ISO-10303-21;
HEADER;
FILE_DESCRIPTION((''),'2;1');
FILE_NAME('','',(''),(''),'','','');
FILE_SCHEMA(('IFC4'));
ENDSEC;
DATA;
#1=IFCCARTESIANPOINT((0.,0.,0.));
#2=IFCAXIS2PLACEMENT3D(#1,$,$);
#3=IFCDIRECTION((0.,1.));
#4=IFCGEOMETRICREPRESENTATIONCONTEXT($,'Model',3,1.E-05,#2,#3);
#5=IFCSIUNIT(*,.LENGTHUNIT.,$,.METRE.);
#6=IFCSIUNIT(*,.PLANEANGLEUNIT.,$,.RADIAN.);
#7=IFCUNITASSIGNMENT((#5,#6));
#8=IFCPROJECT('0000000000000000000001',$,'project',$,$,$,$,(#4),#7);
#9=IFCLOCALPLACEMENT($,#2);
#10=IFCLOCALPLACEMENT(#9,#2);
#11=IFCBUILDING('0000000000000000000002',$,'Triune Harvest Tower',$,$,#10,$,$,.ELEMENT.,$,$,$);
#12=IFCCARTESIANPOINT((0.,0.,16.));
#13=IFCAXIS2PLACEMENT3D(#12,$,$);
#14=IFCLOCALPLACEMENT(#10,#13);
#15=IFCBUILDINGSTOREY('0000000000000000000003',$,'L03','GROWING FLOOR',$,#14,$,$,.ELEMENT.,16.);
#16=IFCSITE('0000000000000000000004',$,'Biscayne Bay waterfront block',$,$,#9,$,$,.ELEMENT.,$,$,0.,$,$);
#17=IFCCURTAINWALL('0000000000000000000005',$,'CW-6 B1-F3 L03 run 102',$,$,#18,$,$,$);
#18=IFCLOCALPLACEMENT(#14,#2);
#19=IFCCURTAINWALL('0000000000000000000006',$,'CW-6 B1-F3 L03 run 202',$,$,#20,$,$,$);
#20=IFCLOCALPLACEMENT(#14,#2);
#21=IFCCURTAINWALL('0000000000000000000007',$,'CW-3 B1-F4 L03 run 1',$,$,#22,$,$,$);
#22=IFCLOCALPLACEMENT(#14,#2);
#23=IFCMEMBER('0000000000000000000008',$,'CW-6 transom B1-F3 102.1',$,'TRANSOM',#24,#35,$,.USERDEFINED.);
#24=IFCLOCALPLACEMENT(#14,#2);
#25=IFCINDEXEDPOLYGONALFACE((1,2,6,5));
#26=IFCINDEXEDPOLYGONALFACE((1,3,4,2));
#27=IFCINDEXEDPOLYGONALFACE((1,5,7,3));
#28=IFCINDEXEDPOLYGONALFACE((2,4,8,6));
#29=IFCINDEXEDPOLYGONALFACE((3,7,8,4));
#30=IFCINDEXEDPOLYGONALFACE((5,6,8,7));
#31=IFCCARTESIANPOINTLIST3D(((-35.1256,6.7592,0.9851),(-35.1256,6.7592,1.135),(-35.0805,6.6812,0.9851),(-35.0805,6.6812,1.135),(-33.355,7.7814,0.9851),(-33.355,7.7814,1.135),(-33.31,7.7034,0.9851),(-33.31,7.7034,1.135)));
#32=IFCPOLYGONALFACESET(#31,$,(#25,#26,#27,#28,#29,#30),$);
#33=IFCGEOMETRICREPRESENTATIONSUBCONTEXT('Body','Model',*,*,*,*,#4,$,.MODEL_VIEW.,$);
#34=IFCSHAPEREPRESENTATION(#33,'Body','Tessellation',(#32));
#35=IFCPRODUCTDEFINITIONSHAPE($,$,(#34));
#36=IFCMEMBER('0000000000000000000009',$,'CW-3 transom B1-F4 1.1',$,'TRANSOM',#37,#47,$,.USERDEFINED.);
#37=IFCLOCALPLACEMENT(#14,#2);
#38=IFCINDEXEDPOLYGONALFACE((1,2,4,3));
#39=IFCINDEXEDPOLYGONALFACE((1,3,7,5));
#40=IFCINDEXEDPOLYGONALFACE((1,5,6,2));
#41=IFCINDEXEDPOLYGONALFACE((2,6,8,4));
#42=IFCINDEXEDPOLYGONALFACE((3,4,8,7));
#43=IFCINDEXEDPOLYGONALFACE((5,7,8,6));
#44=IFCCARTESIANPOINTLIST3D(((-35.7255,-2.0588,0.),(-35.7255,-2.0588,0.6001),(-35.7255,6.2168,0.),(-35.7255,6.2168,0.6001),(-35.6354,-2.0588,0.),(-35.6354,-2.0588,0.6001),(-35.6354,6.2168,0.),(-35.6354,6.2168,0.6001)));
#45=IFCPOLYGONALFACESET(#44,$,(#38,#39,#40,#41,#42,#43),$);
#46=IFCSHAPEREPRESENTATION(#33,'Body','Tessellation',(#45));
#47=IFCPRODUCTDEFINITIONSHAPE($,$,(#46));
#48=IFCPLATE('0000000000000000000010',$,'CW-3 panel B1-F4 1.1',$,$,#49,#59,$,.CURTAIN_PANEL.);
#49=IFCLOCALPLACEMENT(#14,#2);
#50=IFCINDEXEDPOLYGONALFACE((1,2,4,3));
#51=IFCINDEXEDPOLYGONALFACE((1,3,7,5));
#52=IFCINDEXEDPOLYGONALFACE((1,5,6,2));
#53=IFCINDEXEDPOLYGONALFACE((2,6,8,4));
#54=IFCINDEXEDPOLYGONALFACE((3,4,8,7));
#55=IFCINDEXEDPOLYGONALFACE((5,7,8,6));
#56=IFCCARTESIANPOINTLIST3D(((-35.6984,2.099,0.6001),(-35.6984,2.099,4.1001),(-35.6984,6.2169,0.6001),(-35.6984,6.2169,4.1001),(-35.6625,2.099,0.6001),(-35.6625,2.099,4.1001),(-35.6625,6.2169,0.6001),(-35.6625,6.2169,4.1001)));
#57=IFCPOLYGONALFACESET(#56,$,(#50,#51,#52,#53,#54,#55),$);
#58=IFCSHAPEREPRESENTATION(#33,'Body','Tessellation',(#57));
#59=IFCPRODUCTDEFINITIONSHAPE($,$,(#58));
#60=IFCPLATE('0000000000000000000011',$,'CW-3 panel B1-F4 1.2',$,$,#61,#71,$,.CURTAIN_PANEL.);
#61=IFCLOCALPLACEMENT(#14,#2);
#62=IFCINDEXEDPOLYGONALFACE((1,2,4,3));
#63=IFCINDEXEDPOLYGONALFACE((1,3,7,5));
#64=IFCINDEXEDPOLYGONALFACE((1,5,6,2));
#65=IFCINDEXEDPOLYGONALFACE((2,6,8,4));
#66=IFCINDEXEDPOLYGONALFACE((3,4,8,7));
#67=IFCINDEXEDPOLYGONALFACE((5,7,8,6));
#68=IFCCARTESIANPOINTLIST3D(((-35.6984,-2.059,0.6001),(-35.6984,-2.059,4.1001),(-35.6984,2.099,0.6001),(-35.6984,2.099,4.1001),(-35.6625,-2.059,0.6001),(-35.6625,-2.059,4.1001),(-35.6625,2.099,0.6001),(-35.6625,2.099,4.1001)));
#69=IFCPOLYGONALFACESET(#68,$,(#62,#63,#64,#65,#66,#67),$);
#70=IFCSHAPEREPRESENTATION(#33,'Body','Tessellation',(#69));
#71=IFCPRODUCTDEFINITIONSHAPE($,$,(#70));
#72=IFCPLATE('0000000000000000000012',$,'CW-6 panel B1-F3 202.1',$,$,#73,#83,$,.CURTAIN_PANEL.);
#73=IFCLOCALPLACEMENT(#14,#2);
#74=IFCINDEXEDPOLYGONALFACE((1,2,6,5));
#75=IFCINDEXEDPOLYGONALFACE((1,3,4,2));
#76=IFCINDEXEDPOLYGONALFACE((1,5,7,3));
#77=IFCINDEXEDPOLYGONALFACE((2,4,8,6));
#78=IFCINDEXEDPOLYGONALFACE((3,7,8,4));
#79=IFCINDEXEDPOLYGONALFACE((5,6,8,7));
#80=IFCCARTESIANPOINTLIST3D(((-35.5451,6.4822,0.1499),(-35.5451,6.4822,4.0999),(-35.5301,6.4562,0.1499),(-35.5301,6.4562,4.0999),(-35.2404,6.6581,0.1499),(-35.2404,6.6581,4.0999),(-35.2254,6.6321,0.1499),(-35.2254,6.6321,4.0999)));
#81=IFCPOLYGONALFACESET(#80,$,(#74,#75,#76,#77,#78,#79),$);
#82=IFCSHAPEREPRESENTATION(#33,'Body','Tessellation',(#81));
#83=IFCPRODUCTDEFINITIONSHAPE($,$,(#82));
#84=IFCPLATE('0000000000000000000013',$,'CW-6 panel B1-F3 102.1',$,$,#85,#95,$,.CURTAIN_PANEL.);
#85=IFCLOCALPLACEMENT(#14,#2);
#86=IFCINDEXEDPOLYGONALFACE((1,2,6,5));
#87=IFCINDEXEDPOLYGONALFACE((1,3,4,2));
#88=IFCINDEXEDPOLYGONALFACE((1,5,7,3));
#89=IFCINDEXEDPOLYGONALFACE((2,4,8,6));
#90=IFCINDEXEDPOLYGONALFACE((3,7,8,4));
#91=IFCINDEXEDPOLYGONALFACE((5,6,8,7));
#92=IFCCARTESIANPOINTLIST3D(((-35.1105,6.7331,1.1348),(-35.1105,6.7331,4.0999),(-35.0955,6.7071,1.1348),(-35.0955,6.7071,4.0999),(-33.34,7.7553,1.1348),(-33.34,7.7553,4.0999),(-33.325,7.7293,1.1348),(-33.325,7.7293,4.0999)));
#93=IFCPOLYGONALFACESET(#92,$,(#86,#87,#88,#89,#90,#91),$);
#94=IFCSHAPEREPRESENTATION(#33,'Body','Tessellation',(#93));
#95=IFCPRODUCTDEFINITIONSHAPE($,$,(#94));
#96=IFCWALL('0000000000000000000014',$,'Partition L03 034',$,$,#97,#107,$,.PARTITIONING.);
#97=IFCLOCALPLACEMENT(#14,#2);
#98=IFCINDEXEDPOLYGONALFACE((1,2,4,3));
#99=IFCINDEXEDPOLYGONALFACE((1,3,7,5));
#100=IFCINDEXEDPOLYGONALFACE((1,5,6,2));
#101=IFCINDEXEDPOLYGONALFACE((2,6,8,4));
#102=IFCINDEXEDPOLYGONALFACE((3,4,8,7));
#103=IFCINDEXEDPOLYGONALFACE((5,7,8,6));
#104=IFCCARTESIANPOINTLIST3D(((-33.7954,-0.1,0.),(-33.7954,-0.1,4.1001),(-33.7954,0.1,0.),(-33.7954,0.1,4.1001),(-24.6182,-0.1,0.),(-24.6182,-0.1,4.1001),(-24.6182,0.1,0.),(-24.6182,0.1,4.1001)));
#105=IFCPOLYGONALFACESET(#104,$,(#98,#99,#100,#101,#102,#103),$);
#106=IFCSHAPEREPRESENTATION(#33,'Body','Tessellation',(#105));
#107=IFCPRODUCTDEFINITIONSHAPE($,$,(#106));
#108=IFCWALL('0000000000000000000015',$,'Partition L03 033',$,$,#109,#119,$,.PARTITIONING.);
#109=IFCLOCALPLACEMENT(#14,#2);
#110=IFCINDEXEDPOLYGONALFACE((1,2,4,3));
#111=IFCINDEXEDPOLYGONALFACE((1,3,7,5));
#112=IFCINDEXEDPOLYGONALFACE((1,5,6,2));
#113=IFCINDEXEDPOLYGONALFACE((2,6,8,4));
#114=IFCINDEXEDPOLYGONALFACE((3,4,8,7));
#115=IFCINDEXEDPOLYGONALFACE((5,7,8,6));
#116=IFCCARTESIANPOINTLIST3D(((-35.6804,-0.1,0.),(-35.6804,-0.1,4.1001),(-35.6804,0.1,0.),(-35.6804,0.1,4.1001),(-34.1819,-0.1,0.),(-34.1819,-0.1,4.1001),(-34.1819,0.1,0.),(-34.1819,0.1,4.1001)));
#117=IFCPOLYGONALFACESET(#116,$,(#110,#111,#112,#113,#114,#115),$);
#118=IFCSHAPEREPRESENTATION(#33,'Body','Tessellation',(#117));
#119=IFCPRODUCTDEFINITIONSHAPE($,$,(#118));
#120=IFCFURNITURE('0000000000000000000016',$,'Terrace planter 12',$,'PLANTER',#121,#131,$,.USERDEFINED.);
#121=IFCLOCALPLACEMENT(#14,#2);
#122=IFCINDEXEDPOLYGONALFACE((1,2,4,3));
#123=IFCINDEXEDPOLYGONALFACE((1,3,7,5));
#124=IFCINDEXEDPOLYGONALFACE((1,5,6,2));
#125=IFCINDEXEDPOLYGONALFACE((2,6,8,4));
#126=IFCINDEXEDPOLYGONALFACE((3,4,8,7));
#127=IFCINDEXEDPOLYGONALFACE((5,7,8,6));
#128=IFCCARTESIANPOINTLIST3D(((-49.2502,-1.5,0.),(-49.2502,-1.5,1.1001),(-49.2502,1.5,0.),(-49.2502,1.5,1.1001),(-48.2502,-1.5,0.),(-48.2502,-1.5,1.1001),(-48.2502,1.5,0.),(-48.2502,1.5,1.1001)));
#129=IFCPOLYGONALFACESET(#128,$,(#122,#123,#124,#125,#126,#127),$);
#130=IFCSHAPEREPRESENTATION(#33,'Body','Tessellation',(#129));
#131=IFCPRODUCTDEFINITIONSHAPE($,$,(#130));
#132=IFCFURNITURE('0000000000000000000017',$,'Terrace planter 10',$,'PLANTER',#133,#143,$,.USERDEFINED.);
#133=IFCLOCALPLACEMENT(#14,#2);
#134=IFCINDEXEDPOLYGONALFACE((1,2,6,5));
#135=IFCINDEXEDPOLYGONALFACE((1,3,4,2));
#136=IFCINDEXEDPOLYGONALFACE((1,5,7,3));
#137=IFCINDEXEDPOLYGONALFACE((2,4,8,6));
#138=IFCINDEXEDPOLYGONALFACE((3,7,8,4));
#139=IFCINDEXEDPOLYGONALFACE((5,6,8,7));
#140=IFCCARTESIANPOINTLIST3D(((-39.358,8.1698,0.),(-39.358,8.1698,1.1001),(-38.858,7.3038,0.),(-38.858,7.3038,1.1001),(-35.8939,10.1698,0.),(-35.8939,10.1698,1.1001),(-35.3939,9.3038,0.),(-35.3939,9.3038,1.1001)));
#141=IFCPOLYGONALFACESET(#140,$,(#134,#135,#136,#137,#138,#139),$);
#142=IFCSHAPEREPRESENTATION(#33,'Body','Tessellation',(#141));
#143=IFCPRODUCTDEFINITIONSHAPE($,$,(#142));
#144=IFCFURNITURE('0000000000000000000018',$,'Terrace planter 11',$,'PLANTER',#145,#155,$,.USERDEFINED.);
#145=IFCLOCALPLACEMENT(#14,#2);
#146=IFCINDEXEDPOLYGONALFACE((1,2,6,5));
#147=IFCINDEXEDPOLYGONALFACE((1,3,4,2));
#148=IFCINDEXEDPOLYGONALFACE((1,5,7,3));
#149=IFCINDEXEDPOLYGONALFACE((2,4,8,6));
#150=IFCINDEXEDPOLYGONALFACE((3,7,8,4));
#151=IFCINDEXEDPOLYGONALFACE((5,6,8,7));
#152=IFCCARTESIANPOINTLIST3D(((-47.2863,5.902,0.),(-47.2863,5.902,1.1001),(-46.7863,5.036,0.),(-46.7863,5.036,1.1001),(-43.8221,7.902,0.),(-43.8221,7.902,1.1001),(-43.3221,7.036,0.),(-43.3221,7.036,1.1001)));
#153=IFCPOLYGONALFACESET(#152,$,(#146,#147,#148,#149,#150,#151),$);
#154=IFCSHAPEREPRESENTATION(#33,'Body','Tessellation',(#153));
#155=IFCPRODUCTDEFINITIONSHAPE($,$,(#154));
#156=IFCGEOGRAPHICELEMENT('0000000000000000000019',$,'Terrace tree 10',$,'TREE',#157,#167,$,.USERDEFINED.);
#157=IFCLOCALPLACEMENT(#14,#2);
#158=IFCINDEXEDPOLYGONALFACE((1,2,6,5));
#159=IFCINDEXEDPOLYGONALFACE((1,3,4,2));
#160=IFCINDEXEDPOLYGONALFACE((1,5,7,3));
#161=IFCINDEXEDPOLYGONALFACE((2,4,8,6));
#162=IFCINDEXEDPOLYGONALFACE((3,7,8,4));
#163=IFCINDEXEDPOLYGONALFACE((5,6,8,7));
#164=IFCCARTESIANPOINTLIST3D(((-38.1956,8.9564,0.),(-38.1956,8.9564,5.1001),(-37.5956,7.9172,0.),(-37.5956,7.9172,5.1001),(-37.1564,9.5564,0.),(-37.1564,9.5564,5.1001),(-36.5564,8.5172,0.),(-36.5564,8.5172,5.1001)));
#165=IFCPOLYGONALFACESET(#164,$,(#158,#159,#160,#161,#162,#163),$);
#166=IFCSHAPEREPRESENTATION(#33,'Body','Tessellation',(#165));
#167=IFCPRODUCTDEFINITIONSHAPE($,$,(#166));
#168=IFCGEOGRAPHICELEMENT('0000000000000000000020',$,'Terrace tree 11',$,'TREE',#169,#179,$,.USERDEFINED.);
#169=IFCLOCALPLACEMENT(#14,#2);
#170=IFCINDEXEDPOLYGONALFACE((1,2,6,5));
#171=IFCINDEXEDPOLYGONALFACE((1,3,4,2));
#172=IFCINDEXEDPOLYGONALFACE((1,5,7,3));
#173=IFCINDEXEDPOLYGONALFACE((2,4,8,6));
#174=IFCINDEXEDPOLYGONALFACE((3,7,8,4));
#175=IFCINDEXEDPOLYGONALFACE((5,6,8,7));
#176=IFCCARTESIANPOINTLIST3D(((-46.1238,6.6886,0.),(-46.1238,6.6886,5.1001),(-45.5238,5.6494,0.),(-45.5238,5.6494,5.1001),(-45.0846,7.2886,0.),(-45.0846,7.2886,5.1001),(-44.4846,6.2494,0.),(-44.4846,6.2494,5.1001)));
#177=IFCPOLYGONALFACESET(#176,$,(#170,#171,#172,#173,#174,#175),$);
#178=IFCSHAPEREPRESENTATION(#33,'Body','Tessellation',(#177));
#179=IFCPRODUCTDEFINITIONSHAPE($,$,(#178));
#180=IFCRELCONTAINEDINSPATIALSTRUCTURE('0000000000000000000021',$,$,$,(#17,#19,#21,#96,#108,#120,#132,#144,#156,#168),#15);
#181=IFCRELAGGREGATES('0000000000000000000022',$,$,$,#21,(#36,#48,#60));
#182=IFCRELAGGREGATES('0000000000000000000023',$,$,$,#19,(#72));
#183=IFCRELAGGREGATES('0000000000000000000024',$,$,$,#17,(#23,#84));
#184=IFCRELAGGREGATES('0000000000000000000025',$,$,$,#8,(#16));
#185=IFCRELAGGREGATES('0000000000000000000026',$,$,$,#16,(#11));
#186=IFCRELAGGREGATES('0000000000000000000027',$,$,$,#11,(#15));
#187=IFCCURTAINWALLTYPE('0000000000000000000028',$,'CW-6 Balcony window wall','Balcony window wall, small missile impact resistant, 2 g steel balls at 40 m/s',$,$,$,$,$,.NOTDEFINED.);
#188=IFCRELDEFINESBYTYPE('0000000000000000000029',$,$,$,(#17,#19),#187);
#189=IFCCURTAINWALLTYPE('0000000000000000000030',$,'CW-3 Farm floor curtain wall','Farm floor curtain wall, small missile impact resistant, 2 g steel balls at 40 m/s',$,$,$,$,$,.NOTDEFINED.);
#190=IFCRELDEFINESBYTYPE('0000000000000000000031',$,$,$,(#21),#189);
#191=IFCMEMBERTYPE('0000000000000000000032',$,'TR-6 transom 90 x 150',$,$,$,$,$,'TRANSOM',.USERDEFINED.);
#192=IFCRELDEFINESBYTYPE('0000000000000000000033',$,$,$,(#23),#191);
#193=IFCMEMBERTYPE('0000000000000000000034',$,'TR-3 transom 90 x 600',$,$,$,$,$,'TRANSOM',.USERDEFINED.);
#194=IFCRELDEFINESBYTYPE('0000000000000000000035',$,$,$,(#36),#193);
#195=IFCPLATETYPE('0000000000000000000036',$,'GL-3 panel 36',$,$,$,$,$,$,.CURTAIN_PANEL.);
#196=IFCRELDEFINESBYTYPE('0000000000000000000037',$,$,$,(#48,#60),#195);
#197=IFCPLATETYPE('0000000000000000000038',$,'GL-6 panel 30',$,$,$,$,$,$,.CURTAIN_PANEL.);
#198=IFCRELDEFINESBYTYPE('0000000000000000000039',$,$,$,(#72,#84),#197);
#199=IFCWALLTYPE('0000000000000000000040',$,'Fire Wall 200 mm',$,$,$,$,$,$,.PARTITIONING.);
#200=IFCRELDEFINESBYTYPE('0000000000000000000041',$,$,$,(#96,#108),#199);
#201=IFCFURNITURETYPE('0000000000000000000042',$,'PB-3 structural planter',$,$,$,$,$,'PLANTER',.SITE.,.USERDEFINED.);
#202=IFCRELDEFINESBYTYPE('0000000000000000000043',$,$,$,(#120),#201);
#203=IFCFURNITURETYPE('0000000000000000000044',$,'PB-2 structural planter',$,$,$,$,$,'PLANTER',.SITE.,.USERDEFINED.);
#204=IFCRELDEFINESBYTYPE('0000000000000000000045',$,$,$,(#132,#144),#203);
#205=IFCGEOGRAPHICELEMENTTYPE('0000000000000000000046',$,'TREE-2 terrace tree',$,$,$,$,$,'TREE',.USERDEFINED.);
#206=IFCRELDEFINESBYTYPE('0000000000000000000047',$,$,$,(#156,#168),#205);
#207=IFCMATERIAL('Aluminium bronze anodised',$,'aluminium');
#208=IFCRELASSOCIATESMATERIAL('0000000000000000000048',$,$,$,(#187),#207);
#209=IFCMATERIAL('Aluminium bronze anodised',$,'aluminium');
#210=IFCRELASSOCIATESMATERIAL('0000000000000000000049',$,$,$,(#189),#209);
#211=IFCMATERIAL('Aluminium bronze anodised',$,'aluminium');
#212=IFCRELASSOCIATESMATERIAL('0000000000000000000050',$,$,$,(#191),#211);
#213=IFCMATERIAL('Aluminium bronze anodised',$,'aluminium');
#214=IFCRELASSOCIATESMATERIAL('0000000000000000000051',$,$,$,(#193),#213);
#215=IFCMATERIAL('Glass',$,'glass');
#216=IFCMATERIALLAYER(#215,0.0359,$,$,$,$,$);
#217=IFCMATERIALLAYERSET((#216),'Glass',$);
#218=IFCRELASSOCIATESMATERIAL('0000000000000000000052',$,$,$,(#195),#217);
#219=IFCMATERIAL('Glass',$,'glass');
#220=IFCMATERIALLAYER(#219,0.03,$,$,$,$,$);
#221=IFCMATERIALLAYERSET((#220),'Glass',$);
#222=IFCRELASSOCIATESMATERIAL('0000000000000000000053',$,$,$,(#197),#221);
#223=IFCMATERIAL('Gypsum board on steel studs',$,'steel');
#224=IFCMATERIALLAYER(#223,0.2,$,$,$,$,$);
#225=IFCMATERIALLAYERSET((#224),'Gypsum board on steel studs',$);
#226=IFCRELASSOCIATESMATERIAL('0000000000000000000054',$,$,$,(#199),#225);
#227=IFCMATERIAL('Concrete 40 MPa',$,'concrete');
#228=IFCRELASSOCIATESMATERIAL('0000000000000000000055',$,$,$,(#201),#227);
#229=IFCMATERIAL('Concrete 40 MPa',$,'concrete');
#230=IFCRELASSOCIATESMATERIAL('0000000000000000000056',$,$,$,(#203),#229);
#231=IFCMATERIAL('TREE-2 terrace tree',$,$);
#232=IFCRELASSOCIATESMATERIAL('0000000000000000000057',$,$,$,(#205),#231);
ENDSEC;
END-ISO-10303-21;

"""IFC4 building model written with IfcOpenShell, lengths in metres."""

from ifc_helpers import new_model, si_unit, direction, frame, frame_2d, origin, origin_2d, place, context, subcontext, project, spatial, rectangle, extrude, source, transform, mapped, material, layer, layer_set, material_profile, profile_set, type_object, element, aggregate, save


model = new_model("IFC4")

# Units and contexts
model_context = context("Model", 3, precision=1e-05, world=origin(), true_north=direction((0.0, 1.0)))
body_context = subcontext(model_context, "Body", "Model", "MODEL_VIEW")
ifc_project = project(units=[si_unit("LENGTHUNIT", "METRE"), si_unit("PLANEANGLEUNIT", "RADIAN")], contexts=[model_context])

# Site, building, storey
site_placement = place(None, origin())
site = spatial("IfcSite", under=ifc_project, at=site_placement, Name="Biscayne Bay waterfront block", CompositionType="ELEMENT", RefElevation=0.0)
building_placement = place(site_placement, origin())
building = spatial("IfcBuilding", under=site, at=building_placement, Name="Triune Harvest Tower", CompositionType="ELEMENT")
storey_placement = place(building_placement, frame((0.0, 0.0, 16.0)))
storey = spatial("IfcBuildingStorey", under=building, at=storey_placement, Name="L03", Description="GROWING FLOOR", CompositionType="ELEMENT", Elevation=16.0)

# Curtain walls
ifc_material_1 = material(Name="Aluminium bronze anodised", Category="aluminium")
curtain_wall_type_1 = type_object("IfcCurtainWallType", Name="CW-6 Balcony window wall", Description="Balcony window wall, small missile impact resistant, 2 g steel balls at 40 m/s", PredefinedType="NOTDEFINED", material=ifc_material_1)
curtain_wall_1_placement = place(storey_placement, origin())
curtain_wall_1 = element("IfcCurtainWall", 1, at=curtain_wall_1_placement, inside=storey, type_object=curtain_wall_type_1, Name="CW-6 B1-F3 L03 run 102")
curtain_wall_2_placement = place(storey_placement, origin())
curtain_wall_2 = element("IfcCurtainWall", 2, at=curtain_wall_2_placement, inside=storey, type_object=curtain_wall_type_1, Name="CW-6 B1-F3 L03 run 202")

# Curtain wall
ifc_material_2 = material(Name="Aluminium bronze anodised", Category="aluminium")
curtain_wall_type_2 = type_object("IfcCurtainWallType", Name="CW-3 Farm floor curtain wall", Description="Farm floor curtain wall, small missile impact resistant, 2 g steel balls at 40 m/s", PredefinedType="NOTDEFINED", material=ifc_material_2)
curtain_wall_3_placement = place(storey_placement, origin())
curtain_wall_3 = element("IfcCurtainWall", 3, at=curtain_wall_3_placement, inside=storey, type_object=curtain_wall_type_2, Name="CW-3 B1-F4 L03 run 1")

# Members
ifc_material_3 = material(Name="Aluminium bronze anodised", Category="aluminium")
ifc_material_profile_1 = material_profile(ifc_material_3, rectangle(XDim=0.0901, YDim=0.1499, at=origin_2d()), Name="TR-6 transom 90 x 150")
ifc_profile_set_1 = profile_set([ifc_material_profile_1], Name="Aluminium bronze anodised")
member_type_1 = type_object("IfcMemberType", Name="TR-6 transom 90 x 150", ElementType="TRANSOM", PredefinedType="USERDEFINED", material=ifc_profile_set_1)
shared_shape_1 = source(origin(), body_context, "Body", "SweptSolid", [
    extrude(rectangle(XDim=0.0901, YDim=0.1499, at=origin_2d()), origin(), (0.0, 0.0, 1.0), 2.0444),
])
member_1_placement = place(storey_placement, frame((-33.3325, 7.7424, 1.0601), z_axis=(-0.866023, -0.500005, 0.0), x_axis=(0.500005, -0.866023, 0.0)))
member_1 = element("IfcMember", 4, at=member_1_placement, type_object=member_type_1, Name="CW-6 transom B1-F3 102.1", ObjectType="TRANSOM", PredefinedType="USERDEFINED", context=body_context, shape_type="MappedRepresentation", body=[
    mapped(shared_shape_1, transform((0.0, 0.0, 0.0), scale=1.0)),
])
ifc_material_4 = material(Name="Aluminium bronze anodised", Category="aluminium")
ifc_material_profile_2 = material_profile(ifc_material_4, rectangle(XDim=0.0901, YDim=0.6001, at=origin_2d()), Name="TR-3 transom 90 x 600")
ifc_profile_set_2 = profile_set([ifc_material_profile_2], Name="Aluminium bronze anodised")
member_type_2 = type_object("IfcMemberType", Name="TR-3 transom 90 x 600", ElementType="TRANSOM", PredefinedType="USERDEFINED", material=ifc_profile_set_2)
shared_shape_2 = source(origin(), body_context, "Body", "SweptSolid", [
    extrude(rectangle(XDim=0.0901, YDim=0.6001, at=origin_2d()), origin(), (0.0, 0.0, 1.0), 8.2756),
])
member_2_placement = place(storey_placement, frame((-35.6804, 6.2168, 0.3), z_axis=(0.0, -1.0, 0.0), x_axis=(1.0, 0.0, 0.0)))
member_2 = element("IfcMember", 5, at=member_2_placement, type_object=member_type_2, Name="CW-3 transom B1-F4 1.1", ObjectType="TRANSOM", PredefinedType="USERDEFINED", context=body_context, shape_type="MappedRepresentation", body=[
    mapped(shared_shape_2, transform((0.0, 0.0, 0.0), scale=1.0)),
])

# Plates
ifc_material_5 = material(Name="Glass", Category="glass")
ifc_layer_1 = layer(ifc_material_5, 0.0359)
ifc_layer_set_1 = layer_set([ifc_layer_1], Name="Glass")
plate_type_1 = type_object("IfcPlateType", Name="GL-3 panel 36", PredefinedType="CURTAIN_PANEL", material=ifc_layer_set_1)
shared_shape_3 = source(origin(), body_context, "Body", "SweptSolid", [
    extrude(rectangle(XDim=4.1179, YDim=0.0359, at=origin_2d()), origin(), (0.0, 0.0, 1.0), 3.5),
])
plate_1_placement = place(storey_placement, frame((-35.6804, 4.158, 0.6001), z_axis=(0.0, 0.0, 1.0), x_axis=(0.0, -1.0, 0.0)))
plate_1 = element("IfcPlate", 6, at=plate_1_placement, type_object=plate_type_1, Name="CW-3 panel B1-F4 1.1", PredefinedType="CURTAIN_PANEL", context=body_context, shape_type="MappedRepresentation", body=[
    mapped(shared_shape_3, transform((0.0, 0.0, 0.0), scale=1.0)),
])
shared_shape_4 = source(origin(), body_context, "Body", "SweptSolid", [
    extrude(rectangle(XDim=4.158, YDim=0.0359, at=origin_2d()), origin(), (0.0, 0.0, 1.0), 3.5),
])
plate_2_placement = place(storey_placement, frame((-35.6804, 0.02, 0.6001), z_axis=(0.0, 0.0, 1.0), x_axis=(0.0, -1.0, 0.0)))
plate_2 = element("IfcPlate", 7, at=plate_2_placement, type_object=plate_type_1, Name="CW-3 panel B1-F4 1.2", PredefinedType="CURTAIN_PANEL", context=body_context, shape_type="MappedRepresentation", body=[
    mapped(shared_shape_4, transform((0.0, 0.0, 0.0), scale=1.0)),
])
aggregate(curtain_wall_3, [member_2, plate_1, plate_2])
ifc_material_6 = material(Name="Glass", Category="glass")
ifc_layer_2 = layer(ifc_material_6, 0.03)
ifc_layer_set_2 = layer_set([ifc_layer_2], Name="Glass")
plate_type_2 = type_object("IfcPlateType", Name="GL-6 panel 30", PredefinedType="CURTAIN_PANEL", material=ifc_layer_set_2)
shared_shape_5 = source(origin(), body_context, "Body", "SweptSolid", [
    extrude(rectangle(XDim=0.3518, YDim=0.03, at=origin_2d()), origin(), (0.0, 0.0, 1.0), 3.95),
])
plate_3_placement = place(storey_placement, frame((-35.3853, 6.5571, 0.1499), z_axis=(0.0, 0.0, 1.0), x_axis=(-0.86604, -0.499975, 0.0)))
plate_3 = element("IfcPlate", 8, at=plate_3_placement, type_object=plate_type_2, Name="CW-6 panel B1-F3 202.1", PredefinedType="CURTAIN_PANEL", context=body_context, shape_type="MappedRepresentation", body=[
    mapped(shared_shape_5, transform((0.0, 0.0, 0.0), scale=1.0)),
])
aggregate(curtain_wall_2, [plate_3])
shared_shape_6 = source(origin(), body_context, "Body", "SweptSolid", [
    extrude(rectangle(XDim=2.0444, YDim=0.03, at=origin_2d()), origin(), (0.0, 0.0, 1.0), 2.9651),
])
plate_4_placement = place(storey_placement, frame((-34.2178, 7.2312, 1.1348), z_axis=(0.0, 0.0, 1.0), x_axis=(-0.866025, -0.500001, 0.0)))
plate_4 = element("IfcPlate", 9, at=plate_4_placement, type_object=plate_type_2, Name="CW-6 panel B1-F3 102.1", PredefinedType="CURTAIN_PANEL", context=body_context, shape_type="MappedRepresentation", body=[
    mapped(shared_shape_6, transform((0.0, 0.0, 0.0), scale=1.0)),
])
aggregate(curtain_wall_1, [member_1, plate_4])

# Walls
ifc_material_7 = material(Name="Gypsum board on steel studs", Category="steel")
ifc_layer_3 = layer(ifc_material_7, 0.2)
ifc_layer_set_3 = layer_set([ifc_layer_3], Name="Gypsum board on steel studs")
wall_type = type_object("IfcWallType", Name="Fire Wall 200 mm", PredefinedType="PARTITIONING", material=ifc_layer_set_3)
wall_1_placement = place(storey_placement, frame((-33.7954, 0.0, 0.0), z_axis=(0.0, 0.0, 1.0), x_axis=(1.0, 0.0, 0.0)))
element("IfcWall", 10, at=wall_1_placement, inside=storey, type_object=wall_type, Name="Partition L03 034", PredefinedType="PARTITIONING", context=body_context, shape_type="SweptSolid", body=[
    extrude(rectangle(XDim=9.1772, YDim=0.2, at=frame_2d((4.5886, 0.0))), origin(), (0.0, 0.0, 1.0), 4.1001),
])
shared_shape_7 = source(origin(), body_context, "Body", "SweptSolid", [
    extrude(rectangle(XDim=1.4985, YDim=0.2, at=frame_2d((0.7493, 0.0))), origin(), (0.0, 0.0, 1.0), 4.1001),
])
wall_2_placement = place(storey_placement, frame((-35.6804, 0.0, 0.0), z_axis=(0.0, 0.0, 1.0), x_axis=(1.0, 0.0, 0.0)))
element("IfcWall", 11, at=wall_2_placement, inside=storey, type_object=wall_type, Name="Partition L03 033", PredefinedType="PARTITIONING", context=body_context, shape_type="MappedRepresentation", body=[
    mapped(shared_shape_7, transform((0.0, 0.0, 0.0), scale=1.0)),
])

# Furniture
ifc_material_8 = material(Name="Concrete 40 MPa", Category="concrete")
furniture_type_1 = type_object("IfcFurnitureType", Name="PB-3 structural planter", ElementType="PLANTER", AssemblyPlace="SITE", PredefinedType="USERDEFINED", material=ifc_material_8)
shared_shape_8 = source(origin(), body_context, "Body", "SweptSolid", [
    extrude(rectangle(XDim=3.0, YDim=1.0, at=origin_2d()), origin(), (0.0, 0.0, 1.0), 1.1001),
])
furniture_placement = place(storey_placement, frame((-48.7502, 0.0, 0.0), z_axis=(0.0, 0.0, 1.0), x_axis=(0.0, -1.0, 0.0)))
element("IfcFurniture", 12, at=furniture_placement, inside=storey, type_object=furniture_type_1, Name="Terrace planter 12", ObjectType="PLANTER", PredefinedType="USERDEFINED", context=body_context, shape_type="MappedRepresentation", body=[
    mapped(shared_shape_8, transform((0.0, 0.0, 0.0), scale=1.0)),
])
ifc_material_9 = material(Name="Concrete 40 MPa", Category="concrete")
furniture_type_2 = type_object("IfcFurnitureType", Name="PB-2 structural planter", ElementType="PLANTER", AssemblyPlace="SITE", PredefinedType="USERDEFINED", material=ifc_material_9)
shared_shape_9 = source(origin(), body_context, "Body", "SweptSolid", [
    extrude(rectangle(XDim=4.0, YDim=1.0, at=origin_2d()), origin(), (0.0, 0.0, 1.0), 1.1001),
])
for number, where, z_axis, x_axis, name in (
    (13, (-37.376, 8.7368, 0.0), (0.0, 0.0, 1.0), (-0.866025, -0.5, 0.0), "Terrace planter 10"),
    (14, (-45.3042, 6.469, 0.0), (0.0, 0.0, 1.0), (-0.866025, -0.5, 0.0), "Terrace planter 11"),
):
    element("IfcFurniture", number, at=place(storey_placement, frame(where, z_axis=z_axis, x_axis=x_axis)), inside=storey, type_object=furniture_type_2, Name=name, ObjectType="PLANTER", PredefinedType="USERDEFINED", context=body_context, shape_type="MappedRepresentation", body=[
        mapped(shared_shape_9, transform((0.0, 0.0, 0.0), scale=1.0)),
    ])

# Geographic elements
ifc_material_10 = material(Name="TREE-2 terrace tree")
geographic_element_type = type_object("IfcGeographicElementType", Name="TREE-2 terrace tree", ElementType="TREE", PredefinedType="USERDEFINED", material=ifc_material_10)
shared_shape_10 = source(origin(), body_context, "Body", "SweptSolid", [
    extrude(rectangle(XDim=1.2, YDim=1.2, at=origin_2d()), origin(), (0.0, 0.0, 1.0), 5.1001),
])
for number, where, z_axis, x_axis, name in (
    (15, (-37.376, 8.7368, 0.0), (0.0, 0.0, 1.0), (-0.866025, -0.5, 0.0), "Terrace tree 10"),
    (16, (-45.3042, 6.469, 0.0), (0.0, 0.0, 1.0), (-0.866025, -0.5, 0.0), "Terrace tree 11"),
):
    element("IfcGeographicElement", number, at=place(storey_placement, frame(where, z_axis=z_axis, x_axis=x_axis)), inside=storey, type_object=geographic_element_type, Name=name, ObjectType="TREE", PredefinedType="USERDEFINED", context=body_context, shape_type="MappedRepresentation", body=[
        mapped(shared_shape_10, transform((0.0, 0.0, 0.0), scale=1.0)),
    ])

save(model, "model.ifc")
